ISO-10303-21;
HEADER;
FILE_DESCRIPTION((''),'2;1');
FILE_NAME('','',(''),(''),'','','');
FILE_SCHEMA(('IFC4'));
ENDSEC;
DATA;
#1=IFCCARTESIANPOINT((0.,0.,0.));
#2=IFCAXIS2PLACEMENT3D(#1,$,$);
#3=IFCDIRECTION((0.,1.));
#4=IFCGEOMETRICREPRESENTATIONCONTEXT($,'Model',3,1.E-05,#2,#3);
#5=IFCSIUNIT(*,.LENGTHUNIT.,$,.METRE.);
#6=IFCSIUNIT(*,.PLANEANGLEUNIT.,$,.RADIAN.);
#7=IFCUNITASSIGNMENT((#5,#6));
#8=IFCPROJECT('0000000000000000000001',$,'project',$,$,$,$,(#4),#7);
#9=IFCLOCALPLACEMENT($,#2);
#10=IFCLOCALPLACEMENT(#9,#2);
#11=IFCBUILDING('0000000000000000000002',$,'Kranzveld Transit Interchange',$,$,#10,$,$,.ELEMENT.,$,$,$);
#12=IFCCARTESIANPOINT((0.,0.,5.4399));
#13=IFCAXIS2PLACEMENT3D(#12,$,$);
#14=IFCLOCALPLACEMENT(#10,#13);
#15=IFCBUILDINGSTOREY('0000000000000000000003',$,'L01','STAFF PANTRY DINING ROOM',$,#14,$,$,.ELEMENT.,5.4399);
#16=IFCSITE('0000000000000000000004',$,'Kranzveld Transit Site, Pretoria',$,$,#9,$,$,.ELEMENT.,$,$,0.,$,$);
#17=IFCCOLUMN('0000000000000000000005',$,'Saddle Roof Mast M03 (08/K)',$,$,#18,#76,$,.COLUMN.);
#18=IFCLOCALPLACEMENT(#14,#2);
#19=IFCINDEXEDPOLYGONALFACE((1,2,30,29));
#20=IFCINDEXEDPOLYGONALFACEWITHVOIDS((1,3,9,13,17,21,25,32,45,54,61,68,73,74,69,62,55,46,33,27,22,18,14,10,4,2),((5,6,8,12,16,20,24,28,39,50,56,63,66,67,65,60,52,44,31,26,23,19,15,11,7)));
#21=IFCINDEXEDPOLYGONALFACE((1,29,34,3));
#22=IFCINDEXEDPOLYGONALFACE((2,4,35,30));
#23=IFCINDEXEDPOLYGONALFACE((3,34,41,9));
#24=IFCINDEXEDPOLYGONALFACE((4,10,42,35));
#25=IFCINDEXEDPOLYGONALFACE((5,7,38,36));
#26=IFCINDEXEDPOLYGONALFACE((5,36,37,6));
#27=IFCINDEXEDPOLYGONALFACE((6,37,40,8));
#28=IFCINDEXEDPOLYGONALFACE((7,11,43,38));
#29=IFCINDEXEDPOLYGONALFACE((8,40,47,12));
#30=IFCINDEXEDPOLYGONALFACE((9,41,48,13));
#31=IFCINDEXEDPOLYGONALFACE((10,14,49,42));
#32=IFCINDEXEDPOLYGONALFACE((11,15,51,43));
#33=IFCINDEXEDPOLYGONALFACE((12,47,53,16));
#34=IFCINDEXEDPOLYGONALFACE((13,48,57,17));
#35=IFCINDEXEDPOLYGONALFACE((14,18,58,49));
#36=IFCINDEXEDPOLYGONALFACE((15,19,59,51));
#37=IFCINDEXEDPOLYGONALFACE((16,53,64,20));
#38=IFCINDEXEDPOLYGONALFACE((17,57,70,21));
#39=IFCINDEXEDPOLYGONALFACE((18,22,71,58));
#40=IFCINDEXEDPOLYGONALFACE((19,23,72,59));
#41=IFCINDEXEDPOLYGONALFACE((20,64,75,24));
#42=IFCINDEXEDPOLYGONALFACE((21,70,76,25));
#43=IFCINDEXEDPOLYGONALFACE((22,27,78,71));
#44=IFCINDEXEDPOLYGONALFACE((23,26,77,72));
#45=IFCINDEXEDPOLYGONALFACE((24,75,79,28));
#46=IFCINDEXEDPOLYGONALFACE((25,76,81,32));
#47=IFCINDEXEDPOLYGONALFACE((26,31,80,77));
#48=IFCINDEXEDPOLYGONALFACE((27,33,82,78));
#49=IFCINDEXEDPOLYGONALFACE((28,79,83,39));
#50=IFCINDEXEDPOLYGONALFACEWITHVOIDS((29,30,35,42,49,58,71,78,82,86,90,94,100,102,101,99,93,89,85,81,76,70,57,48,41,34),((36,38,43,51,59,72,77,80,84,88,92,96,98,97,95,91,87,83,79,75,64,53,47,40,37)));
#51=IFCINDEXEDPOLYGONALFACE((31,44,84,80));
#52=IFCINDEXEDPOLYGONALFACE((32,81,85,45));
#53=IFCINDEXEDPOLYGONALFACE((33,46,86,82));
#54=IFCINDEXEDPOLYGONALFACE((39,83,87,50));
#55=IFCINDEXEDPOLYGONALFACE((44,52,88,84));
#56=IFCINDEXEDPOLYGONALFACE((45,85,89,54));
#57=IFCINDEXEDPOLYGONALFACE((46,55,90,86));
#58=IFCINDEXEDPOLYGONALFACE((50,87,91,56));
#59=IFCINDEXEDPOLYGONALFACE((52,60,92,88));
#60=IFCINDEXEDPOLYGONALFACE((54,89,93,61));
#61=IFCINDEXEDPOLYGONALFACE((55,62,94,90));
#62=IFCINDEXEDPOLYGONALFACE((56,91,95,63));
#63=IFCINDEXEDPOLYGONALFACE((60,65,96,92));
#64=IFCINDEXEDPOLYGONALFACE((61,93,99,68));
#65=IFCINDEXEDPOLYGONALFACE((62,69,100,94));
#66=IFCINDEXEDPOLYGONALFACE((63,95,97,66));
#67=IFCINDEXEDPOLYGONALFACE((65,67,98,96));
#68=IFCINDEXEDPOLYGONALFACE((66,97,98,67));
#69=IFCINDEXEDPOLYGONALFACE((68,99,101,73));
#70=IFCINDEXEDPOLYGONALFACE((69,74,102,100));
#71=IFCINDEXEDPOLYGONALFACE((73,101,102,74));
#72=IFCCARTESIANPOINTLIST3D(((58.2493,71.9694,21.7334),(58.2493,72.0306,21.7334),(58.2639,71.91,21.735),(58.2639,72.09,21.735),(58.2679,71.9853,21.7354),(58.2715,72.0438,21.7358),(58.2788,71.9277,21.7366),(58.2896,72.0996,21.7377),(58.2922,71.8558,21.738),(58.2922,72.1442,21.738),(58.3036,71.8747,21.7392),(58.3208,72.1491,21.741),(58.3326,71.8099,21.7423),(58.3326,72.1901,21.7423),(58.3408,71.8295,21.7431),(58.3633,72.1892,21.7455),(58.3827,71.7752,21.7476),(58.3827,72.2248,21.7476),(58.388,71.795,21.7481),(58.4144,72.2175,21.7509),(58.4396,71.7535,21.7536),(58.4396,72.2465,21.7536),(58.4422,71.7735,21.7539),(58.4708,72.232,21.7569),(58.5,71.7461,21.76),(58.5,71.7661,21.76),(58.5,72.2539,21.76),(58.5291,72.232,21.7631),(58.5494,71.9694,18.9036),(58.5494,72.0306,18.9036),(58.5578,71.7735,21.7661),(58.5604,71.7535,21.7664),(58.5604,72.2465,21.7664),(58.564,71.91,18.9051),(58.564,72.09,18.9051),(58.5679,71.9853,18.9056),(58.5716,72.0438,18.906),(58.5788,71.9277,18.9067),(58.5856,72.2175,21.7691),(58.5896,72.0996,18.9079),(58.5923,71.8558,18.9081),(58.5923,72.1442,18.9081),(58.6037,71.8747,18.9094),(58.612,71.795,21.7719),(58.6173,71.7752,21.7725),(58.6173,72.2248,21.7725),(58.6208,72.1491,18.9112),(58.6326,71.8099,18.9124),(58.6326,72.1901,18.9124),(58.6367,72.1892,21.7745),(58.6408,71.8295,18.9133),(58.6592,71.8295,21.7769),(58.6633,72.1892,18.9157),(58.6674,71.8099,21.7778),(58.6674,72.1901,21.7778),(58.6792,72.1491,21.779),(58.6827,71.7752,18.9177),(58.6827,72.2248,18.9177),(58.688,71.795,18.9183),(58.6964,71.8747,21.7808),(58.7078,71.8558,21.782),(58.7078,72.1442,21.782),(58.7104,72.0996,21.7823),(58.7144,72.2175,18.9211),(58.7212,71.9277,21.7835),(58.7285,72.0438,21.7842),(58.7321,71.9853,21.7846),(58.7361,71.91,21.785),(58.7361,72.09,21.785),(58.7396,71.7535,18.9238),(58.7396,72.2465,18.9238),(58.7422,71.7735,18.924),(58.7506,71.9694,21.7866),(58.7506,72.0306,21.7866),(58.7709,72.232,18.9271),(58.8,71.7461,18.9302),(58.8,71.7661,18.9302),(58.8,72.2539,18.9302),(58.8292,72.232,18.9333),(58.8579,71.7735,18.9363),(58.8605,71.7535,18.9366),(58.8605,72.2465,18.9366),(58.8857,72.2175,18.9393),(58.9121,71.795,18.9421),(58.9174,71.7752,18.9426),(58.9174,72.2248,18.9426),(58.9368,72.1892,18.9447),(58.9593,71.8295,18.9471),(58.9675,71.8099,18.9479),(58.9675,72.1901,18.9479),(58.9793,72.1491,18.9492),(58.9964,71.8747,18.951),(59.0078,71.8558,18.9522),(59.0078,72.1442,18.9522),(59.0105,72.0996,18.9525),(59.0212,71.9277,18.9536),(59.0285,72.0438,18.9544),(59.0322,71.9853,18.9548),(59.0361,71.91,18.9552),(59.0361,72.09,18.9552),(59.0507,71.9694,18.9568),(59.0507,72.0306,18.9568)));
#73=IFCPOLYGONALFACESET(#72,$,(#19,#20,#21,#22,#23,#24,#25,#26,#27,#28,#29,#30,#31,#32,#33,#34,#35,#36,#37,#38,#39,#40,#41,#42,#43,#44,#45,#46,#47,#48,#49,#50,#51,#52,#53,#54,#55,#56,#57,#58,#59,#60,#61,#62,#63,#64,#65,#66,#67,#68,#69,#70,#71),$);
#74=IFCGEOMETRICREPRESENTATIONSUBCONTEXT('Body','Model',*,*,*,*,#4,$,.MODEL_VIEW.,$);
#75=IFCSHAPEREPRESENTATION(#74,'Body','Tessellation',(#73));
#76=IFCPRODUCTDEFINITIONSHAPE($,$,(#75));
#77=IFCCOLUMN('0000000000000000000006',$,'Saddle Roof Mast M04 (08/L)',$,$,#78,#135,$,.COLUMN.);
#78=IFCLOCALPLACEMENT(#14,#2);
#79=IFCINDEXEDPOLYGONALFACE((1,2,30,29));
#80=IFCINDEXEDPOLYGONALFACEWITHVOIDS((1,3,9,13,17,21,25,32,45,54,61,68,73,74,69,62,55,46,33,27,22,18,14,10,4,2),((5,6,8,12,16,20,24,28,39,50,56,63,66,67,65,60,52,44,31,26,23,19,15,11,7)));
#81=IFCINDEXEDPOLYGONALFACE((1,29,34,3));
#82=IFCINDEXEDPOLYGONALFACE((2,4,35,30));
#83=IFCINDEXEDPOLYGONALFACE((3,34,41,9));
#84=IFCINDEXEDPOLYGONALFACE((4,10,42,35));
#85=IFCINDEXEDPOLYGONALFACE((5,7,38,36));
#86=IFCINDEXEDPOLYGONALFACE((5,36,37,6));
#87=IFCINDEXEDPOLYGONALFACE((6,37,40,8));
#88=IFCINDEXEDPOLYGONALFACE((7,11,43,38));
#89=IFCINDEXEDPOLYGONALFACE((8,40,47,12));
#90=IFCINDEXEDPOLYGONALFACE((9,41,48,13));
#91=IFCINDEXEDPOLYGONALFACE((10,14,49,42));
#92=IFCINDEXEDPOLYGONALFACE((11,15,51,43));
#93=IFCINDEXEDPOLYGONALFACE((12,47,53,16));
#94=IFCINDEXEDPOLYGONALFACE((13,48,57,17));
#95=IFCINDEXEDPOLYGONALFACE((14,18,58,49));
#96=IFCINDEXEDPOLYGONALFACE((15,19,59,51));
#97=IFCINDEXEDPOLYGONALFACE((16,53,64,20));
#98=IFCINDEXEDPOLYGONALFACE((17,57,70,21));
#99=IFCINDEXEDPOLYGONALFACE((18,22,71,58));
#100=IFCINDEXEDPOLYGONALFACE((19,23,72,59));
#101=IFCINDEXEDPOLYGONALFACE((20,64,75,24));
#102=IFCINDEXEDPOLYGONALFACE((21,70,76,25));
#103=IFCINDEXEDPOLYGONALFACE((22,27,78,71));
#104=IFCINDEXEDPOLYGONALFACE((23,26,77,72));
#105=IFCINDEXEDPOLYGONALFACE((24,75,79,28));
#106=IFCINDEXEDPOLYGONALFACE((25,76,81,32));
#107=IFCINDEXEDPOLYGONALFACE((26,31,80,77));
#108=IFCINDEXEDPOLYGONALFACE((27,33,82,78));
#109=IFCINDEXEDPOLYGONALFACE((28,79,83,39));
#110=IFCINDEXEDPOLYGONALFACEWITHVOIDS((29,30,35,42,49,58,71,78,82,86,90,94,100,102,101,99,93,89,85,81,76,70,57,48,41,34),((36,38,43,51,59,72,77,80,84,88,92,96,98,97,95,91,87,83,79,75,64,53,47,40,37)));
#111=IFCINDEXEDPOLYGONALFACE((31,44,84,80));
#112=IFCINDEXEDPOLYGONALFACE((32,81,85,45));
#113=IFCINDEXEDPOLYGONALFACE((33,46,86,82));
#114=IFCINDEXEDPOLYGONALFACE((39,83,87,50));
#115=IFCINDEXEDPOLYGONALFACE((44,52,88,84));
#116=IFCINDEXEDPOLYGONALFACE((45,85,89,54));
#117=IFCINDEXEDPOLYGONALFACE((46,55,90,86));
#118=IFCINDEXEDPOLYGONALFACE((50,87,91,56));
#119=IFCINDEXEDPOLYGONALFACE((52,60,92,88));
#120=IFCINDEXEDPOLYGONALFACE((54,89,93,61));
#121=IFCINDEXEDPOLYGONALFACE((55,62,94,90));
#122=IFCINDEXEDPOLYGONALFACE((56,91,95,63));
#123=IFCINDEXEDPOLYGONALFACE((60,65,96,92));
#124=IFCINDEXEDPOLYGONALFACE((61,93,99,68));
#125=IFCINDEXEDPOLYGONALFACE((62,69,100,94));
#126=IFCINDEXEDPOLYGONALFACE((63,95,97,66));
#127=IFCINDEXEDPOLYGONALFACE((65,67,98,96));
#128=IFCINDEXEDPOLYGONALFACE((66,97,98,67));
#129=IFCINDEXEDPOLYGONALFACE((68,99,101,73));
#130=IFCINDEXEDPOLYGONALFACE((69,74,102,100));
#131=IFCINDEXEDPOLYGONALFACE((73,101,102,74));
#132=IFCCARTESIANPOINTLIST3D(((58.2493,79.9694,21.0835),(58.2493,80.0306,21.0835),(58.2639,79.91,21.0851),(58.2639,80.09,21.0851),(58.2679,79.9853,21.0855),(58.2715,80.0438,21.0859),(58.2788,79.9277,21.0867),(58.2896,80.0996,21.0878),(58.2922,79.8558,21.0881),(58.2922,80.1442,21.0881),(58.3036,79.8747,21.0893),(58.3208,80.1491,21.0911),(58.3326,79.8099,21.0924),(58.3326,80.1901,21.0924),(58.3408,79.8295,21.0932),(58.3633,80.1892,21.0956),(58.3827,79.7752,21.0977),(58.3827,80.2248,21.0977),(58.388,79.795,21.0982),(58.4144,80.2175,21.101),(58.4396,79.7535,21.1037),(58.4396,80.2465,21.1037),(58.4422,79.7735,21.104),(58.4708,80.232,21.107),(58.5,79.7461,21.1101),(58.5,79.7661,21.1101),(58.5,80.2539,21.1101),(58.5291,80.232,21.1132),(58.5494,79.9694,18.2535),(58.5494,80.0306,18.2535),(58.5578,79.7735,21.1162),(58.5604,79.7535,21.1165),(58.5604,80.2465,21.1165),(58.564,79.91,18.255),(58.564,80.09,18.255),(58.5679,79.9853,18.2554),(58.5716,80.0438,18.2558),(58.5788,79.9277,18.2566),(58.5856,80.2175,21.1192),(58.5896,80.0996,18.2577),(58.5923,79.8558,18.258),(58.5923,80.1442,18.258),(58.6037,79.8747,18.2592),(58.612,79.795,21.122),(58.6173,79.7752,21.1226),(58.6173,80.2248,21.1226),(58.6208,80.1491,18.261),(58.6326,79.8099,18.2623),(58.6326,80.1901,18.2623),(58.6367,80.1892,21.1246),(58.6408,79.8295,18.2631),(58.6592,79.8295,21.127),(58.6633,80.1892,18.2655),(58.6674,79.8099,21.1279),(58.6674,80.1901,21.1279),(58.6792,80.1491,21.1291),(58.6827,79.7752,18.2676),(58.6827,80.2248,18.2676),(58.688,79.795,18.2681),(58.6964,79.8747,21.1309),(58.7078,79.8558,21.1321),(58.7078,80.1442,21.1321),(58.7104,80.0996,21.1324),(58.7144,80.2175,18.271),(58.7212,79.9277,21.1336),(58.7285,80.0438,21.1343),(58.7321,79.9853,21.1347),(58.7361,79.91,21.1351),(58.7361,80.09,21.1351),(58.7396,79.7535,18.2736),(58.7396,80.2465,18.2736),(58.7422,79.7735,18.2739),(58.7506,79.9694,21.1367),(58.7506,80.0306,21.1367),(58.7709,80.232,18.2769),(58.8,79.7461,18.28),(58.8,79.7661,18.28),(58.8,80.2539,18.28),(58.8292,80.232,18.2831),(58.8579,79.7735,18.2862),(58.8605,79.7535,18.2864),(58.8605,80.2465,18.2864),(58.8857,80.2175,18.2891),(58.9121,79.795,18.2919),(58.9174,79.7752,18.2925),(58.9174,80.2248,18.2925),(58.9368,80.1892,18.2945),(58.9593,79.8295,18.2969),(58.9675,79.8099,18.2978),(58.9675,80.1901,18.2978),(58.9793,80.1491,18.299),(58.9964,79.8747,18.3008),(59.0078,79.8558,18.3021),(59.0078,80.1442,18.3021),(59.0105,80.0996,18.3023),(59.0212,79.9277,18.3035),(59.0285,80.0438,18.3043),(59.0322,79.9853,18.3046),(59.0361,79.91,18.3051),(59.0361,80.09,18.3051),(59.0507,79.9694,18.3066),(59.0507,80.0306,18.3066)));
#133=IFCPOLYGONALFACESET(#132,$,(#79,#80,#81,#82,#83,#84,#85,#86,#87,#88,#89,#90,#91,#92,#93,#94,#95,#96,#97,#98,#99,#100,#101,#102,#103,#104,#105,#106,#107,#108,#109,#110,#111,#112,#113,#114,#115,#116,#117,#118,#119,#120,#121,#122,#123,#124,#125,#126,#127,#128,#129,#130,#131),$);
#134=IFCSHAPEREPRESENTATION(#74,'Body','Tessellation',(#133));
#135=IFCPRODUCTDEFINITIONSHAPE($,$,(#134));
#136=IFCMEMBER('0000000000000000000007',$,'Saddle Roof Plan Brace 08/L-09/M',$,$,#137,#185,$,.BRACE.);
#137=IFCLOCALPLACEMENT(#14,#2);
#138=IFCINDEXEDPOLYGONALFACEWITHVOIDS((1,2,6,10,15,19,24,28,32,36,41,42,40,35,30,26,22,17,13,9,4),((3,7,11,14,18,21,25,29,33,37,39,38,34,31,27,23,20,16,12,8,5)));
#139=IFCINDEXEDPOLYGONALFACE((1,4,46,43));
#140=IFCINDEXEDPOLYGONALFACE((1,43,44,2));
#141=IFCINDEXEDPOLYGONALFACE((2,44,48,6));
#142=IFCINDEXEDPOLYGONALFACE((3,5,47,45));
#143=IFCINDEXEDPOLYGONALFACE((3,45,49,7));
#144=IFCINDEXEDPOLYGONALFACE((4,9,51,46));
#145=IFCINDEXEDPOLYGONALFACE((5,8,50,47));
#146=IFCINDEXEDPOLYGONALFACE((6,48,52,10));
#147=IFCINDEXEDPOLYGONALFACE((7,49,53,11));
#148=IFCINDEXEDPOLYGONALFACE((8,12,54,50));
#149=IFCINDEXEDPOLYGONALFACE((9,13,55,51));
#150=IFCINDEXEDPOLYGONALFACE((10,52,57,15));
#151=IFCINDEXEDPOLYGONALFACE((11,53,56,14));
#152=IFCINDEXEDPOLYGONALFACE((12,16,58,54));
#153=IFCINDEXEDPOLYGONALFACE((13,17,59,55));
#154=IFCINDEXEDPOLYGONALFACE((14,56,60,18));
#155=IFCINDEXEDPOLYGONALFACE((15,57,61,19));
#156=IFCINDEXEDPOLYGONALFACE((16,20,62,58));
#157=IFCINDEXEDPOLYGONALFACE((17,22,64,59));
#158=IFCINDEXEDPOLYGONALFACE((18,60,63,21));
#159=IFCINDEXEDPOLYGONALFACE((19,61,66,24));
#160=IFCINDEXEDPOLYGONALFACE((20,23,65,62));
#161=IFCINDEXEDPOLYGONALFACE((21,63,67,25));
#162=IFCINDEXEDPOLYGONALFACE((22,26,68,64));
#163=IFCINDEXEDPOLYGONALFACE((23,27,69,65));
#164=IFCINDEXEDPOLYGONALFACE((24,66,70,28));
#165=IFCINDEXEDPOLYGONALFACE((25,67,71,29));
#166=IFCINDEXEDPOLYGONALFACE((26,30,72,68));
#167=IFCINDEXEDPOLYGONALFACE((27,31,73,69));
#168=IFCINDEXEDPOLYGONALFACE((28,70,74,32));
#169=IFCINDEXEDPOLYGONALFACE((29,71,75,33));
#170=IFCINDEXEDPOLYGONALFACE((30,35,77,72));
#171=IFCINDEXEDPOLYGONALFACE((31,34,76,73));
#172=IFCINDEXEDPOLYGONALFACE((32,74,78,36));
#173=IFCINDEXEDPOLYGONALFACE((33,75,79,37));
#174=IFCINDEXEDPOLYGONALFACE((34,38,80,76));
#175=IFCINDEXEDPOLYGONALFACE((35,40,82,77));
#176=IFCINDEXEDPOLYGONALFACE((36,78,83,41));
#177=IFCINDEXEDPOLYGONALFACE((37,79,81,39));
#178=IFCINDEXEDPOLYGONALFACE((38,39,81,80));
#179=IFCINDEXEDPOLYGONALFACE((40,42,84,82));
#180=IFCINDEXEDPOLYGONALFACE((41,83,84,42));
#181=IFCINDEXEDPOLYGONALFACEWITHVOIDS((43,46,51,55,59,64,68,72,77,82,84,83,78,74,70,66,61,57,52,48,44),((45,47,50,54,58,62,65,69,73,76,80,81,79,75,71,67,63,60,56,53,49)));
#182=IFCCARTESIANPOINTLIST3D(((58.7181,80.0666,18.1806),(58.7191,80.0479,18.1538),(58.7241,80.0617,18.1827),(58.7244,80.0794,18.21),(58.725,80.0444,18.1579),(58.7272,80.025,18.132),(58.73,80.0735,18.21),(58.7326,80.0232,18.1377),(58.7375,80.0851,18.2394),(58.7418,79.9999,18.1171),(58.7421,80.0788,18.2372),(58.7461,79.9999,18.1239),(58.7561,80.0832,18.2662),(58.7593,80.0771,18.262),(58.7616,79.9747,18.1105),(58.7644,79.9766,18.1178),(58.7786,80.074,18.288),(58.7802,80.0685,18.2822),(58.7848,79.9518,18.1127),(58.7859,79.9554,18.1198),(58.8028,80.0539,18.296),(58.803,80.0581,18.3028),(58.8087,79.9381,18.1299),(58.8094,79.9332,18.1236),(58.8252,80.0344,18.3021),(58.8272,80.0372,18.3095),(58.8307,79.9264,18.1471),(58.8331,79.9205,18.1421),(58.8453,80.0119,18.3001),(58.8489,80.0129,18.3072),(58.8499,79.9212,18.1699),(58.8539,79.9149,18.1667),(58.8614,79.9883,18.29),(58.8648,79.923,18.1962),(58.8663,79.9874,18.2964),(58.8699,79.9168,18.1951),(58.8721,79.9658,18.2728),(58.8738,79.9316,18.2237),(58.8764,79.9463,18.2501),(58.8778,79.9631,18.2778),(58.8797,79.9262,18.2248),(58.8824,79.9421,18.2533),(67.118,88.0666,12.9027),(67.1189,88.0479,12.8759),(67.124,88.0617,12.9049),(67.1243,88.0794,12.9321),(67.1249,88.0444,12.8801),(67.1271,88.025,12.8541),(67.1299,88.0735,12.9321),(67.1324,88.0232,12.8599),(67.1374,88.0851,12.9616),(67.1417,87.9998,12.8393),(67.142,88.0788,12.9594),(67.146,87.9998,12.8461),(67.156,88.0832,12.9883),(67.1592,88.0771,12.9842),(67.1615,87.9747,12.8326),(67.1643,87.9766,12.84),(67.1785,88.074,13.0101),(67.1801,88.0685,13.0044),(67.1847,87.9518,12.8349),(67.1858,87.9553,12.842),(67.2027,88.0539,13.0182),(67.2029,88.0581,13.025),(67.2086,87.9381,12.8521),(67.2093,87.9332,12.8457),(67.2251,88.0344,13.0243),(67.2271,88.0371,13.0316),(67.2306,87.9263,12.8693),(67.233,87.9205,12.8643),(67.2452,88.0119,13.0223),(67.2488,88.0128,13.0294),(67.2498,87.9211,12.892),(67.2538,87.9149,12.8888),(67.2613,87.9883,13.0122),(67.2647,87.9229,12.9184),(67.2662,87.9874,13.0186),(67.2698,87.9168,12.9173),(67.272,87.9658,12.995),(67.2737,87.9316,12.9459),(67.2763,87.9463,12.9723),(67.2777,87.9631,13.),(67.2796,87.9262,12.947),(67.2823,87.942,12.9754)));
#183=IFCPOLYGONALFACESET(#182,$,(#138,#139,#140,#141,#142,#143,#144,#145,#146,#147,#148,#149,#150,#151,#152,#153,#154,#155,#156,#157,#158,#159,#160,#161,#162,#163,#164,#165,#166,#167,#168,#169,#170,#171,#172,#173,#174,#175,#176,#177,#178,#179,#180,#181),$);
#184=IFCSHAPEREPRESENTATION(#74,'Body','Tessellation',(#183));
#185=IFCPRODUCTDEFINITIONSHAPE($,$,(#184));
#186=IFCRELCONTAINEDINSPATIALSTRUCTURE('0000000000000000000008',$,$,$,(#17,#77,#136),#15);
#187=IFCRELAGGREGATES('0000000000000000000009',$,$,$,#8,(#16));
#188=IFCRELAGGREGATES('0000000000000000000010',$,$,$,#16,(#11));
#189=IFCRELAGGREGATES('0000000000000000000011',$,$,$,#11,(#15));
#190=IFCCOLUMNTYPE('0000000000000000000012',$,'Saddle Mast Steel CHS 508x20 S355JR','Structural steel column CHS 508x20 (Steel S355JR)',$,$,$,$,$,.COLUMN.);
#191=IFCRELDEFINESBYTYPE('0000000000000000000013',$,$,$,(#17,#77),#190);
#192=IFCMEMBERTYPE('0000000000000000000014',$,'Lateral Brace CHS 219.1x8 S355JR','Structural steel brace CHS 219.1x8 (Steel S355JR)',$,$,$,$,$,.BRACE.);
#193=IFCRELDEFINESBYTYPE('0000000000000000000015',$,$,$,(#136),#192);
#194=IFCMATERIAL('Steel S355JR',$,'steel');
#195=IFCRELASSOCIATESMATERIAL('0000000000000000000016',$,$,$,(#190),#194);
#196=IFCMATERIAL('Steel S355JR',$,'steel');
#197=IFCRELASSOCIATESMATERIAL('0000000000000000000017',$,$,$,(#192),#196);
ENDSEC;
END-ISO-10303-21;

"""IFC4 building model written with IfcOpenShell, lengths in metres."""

from ifc_helpers import new_model, si_unit, direction, frame, origin, origin_2d, place, context, subcontext, project, spatial, hollow_circle, extrude, material, material_profile, profile_set, type_object, element, save


model = new_model("IFC4")

# Units and contexts
model_context = context("Model", 3, precision=1e-05, world=origin(), true_north=direction((0.0, 1.0)))
body_context = subcontext(model_context, "Body", "Model", "MODEL_VIEW")
ifc_project = project(units=[si_unit("LENGTHUNIT", "METRE"), si_unit("PLANEANGLEUNIT", "RADIAN")], contexts=[model_context])

# Site, building, storey
site_placement = place(None, origin())
site = spatial("IfcSite", under=ifc_project, at=site_placement, Name="Kranzveld Transit Site, Pretoria", CompositionType="ELEMENT", RefElevation=0.0)
building_placement = place(site_placement, origin())
building = spatial("IfcBuilding", under=site, at=building_placement, Name="Kranzveld Transit Interchange", CompositionType="ELEMENT")
storey_placement = place(building_placement, frame((0.0, 0.0, 5.4399)))
storey = spatial("IfcBuildingStorey", under=building, at=storey_placement, Name="L01", Description="STAFF PANTRY DINING ROOM", CompositionType="ELEMENT", Elevation=5.4399)

# Columns
ifc_material_1 = material(Name="Steel S355JR", Category="steel")
ifc_material_profile_1 = material_profile(ifc_material_1, hollow_circle(Radius=0.2539, WallThickness=0.02, at=origin_2d()), Name="CHS 508x20")
ifc_profile_set_1 = profile_set([ifc_material_profile_1], Name="Steel S355JR")
column_type = type_object("IfcColumnType", Name="Saddle Mast Steel CHS 508x20 S355JR", Description="Structural steel column CHS 508x20 (Steel S355JR)", PredefinedType="COLUMN", material=ifc_profile_set_1)
column_1_placement = place(storey_placement, frame((58.8, 72.0, 18.9302), z_axis=(-0.105439, 0.0, 0.994426), x_axis=(0.0, -1.0, 0.0)))
element("IfcColumn", 1, at=column_1_placement, inside=storey, type_object=column_type, Name="Saddle Roof Mast M03 (08/K)", PredefinedType="COLUMN", context=body_context, shape_type="SweptSolid", body=[
    extrude(hollow_circle(Radius=0.2539, WallThickness=0.02, at=origin_2d()), origin(), (0.0, 0.0, 1.0), 2.8457),
])
column_2_placement = place(storey_placement, frame((58.8, 80.0, 18.28), z_axis=(-0.105431, 0.0, 0.994427), x_axis=(0.0, -1.0, 0.0)))
element("IfcColumn", 2, at=column_2_placement, inside=storey, type_object=column_type, Name="Saddle Roof Mast M04 (08/L)", PredefinedType="COLUMN", context=body_context, shape_type="SweptSolid", body=[
    extrude(hollow_circle(Radius=0.2539, WallThickness=0.02, at=origin_2d()), origin(), (0.0, 0.0, 1.0), 2.8459),
])

# Member
ifc_material_2 = material(Name="Steel S355JR", Category="steel")
ifc_material_profile_2 = material_profile(ifc_material_2, hollow_circle(Radius=0.1096, WallThickness=0.0081, at=origin_2d()), Name="CHS 219.1x8")
ifc_profile_set_2 = profile_set([ifc_material_profile_2], Name="Steel S355JR")
member_type_1 = type_object("IfcMemberType", Name="Lateral Brace CHS 219.1x8 S355JR", Description="Structural steel brace CHS 219.1x8 (Steel S355JR)", PredefinedType="BRACE", material=ifc_profile_set_2)
member_1_placement = place(storey_placement, frame((58.8, 80.0, 18.21), z_axis=(0.659117, 0.627738, -0.414137), x_axis=(-0.689659, 0.724134, 0.0)))
element("IfcMember", 3, at=member_1_placement, inside=storey, type_object=member_type_1, Name="Saddle Roof Plan Brace 08/L-09/M", PredefinedType="BRACE", context=body_context, shape_type="SweptSolid", body=[
    extrude(hollow_circle(Radius=0.1096, WallThickness=0.0081, at=origin_2d()), origin(), (0.0, 0.0, 1.0), 12.7441),
])

save(model, "model.ifc")
